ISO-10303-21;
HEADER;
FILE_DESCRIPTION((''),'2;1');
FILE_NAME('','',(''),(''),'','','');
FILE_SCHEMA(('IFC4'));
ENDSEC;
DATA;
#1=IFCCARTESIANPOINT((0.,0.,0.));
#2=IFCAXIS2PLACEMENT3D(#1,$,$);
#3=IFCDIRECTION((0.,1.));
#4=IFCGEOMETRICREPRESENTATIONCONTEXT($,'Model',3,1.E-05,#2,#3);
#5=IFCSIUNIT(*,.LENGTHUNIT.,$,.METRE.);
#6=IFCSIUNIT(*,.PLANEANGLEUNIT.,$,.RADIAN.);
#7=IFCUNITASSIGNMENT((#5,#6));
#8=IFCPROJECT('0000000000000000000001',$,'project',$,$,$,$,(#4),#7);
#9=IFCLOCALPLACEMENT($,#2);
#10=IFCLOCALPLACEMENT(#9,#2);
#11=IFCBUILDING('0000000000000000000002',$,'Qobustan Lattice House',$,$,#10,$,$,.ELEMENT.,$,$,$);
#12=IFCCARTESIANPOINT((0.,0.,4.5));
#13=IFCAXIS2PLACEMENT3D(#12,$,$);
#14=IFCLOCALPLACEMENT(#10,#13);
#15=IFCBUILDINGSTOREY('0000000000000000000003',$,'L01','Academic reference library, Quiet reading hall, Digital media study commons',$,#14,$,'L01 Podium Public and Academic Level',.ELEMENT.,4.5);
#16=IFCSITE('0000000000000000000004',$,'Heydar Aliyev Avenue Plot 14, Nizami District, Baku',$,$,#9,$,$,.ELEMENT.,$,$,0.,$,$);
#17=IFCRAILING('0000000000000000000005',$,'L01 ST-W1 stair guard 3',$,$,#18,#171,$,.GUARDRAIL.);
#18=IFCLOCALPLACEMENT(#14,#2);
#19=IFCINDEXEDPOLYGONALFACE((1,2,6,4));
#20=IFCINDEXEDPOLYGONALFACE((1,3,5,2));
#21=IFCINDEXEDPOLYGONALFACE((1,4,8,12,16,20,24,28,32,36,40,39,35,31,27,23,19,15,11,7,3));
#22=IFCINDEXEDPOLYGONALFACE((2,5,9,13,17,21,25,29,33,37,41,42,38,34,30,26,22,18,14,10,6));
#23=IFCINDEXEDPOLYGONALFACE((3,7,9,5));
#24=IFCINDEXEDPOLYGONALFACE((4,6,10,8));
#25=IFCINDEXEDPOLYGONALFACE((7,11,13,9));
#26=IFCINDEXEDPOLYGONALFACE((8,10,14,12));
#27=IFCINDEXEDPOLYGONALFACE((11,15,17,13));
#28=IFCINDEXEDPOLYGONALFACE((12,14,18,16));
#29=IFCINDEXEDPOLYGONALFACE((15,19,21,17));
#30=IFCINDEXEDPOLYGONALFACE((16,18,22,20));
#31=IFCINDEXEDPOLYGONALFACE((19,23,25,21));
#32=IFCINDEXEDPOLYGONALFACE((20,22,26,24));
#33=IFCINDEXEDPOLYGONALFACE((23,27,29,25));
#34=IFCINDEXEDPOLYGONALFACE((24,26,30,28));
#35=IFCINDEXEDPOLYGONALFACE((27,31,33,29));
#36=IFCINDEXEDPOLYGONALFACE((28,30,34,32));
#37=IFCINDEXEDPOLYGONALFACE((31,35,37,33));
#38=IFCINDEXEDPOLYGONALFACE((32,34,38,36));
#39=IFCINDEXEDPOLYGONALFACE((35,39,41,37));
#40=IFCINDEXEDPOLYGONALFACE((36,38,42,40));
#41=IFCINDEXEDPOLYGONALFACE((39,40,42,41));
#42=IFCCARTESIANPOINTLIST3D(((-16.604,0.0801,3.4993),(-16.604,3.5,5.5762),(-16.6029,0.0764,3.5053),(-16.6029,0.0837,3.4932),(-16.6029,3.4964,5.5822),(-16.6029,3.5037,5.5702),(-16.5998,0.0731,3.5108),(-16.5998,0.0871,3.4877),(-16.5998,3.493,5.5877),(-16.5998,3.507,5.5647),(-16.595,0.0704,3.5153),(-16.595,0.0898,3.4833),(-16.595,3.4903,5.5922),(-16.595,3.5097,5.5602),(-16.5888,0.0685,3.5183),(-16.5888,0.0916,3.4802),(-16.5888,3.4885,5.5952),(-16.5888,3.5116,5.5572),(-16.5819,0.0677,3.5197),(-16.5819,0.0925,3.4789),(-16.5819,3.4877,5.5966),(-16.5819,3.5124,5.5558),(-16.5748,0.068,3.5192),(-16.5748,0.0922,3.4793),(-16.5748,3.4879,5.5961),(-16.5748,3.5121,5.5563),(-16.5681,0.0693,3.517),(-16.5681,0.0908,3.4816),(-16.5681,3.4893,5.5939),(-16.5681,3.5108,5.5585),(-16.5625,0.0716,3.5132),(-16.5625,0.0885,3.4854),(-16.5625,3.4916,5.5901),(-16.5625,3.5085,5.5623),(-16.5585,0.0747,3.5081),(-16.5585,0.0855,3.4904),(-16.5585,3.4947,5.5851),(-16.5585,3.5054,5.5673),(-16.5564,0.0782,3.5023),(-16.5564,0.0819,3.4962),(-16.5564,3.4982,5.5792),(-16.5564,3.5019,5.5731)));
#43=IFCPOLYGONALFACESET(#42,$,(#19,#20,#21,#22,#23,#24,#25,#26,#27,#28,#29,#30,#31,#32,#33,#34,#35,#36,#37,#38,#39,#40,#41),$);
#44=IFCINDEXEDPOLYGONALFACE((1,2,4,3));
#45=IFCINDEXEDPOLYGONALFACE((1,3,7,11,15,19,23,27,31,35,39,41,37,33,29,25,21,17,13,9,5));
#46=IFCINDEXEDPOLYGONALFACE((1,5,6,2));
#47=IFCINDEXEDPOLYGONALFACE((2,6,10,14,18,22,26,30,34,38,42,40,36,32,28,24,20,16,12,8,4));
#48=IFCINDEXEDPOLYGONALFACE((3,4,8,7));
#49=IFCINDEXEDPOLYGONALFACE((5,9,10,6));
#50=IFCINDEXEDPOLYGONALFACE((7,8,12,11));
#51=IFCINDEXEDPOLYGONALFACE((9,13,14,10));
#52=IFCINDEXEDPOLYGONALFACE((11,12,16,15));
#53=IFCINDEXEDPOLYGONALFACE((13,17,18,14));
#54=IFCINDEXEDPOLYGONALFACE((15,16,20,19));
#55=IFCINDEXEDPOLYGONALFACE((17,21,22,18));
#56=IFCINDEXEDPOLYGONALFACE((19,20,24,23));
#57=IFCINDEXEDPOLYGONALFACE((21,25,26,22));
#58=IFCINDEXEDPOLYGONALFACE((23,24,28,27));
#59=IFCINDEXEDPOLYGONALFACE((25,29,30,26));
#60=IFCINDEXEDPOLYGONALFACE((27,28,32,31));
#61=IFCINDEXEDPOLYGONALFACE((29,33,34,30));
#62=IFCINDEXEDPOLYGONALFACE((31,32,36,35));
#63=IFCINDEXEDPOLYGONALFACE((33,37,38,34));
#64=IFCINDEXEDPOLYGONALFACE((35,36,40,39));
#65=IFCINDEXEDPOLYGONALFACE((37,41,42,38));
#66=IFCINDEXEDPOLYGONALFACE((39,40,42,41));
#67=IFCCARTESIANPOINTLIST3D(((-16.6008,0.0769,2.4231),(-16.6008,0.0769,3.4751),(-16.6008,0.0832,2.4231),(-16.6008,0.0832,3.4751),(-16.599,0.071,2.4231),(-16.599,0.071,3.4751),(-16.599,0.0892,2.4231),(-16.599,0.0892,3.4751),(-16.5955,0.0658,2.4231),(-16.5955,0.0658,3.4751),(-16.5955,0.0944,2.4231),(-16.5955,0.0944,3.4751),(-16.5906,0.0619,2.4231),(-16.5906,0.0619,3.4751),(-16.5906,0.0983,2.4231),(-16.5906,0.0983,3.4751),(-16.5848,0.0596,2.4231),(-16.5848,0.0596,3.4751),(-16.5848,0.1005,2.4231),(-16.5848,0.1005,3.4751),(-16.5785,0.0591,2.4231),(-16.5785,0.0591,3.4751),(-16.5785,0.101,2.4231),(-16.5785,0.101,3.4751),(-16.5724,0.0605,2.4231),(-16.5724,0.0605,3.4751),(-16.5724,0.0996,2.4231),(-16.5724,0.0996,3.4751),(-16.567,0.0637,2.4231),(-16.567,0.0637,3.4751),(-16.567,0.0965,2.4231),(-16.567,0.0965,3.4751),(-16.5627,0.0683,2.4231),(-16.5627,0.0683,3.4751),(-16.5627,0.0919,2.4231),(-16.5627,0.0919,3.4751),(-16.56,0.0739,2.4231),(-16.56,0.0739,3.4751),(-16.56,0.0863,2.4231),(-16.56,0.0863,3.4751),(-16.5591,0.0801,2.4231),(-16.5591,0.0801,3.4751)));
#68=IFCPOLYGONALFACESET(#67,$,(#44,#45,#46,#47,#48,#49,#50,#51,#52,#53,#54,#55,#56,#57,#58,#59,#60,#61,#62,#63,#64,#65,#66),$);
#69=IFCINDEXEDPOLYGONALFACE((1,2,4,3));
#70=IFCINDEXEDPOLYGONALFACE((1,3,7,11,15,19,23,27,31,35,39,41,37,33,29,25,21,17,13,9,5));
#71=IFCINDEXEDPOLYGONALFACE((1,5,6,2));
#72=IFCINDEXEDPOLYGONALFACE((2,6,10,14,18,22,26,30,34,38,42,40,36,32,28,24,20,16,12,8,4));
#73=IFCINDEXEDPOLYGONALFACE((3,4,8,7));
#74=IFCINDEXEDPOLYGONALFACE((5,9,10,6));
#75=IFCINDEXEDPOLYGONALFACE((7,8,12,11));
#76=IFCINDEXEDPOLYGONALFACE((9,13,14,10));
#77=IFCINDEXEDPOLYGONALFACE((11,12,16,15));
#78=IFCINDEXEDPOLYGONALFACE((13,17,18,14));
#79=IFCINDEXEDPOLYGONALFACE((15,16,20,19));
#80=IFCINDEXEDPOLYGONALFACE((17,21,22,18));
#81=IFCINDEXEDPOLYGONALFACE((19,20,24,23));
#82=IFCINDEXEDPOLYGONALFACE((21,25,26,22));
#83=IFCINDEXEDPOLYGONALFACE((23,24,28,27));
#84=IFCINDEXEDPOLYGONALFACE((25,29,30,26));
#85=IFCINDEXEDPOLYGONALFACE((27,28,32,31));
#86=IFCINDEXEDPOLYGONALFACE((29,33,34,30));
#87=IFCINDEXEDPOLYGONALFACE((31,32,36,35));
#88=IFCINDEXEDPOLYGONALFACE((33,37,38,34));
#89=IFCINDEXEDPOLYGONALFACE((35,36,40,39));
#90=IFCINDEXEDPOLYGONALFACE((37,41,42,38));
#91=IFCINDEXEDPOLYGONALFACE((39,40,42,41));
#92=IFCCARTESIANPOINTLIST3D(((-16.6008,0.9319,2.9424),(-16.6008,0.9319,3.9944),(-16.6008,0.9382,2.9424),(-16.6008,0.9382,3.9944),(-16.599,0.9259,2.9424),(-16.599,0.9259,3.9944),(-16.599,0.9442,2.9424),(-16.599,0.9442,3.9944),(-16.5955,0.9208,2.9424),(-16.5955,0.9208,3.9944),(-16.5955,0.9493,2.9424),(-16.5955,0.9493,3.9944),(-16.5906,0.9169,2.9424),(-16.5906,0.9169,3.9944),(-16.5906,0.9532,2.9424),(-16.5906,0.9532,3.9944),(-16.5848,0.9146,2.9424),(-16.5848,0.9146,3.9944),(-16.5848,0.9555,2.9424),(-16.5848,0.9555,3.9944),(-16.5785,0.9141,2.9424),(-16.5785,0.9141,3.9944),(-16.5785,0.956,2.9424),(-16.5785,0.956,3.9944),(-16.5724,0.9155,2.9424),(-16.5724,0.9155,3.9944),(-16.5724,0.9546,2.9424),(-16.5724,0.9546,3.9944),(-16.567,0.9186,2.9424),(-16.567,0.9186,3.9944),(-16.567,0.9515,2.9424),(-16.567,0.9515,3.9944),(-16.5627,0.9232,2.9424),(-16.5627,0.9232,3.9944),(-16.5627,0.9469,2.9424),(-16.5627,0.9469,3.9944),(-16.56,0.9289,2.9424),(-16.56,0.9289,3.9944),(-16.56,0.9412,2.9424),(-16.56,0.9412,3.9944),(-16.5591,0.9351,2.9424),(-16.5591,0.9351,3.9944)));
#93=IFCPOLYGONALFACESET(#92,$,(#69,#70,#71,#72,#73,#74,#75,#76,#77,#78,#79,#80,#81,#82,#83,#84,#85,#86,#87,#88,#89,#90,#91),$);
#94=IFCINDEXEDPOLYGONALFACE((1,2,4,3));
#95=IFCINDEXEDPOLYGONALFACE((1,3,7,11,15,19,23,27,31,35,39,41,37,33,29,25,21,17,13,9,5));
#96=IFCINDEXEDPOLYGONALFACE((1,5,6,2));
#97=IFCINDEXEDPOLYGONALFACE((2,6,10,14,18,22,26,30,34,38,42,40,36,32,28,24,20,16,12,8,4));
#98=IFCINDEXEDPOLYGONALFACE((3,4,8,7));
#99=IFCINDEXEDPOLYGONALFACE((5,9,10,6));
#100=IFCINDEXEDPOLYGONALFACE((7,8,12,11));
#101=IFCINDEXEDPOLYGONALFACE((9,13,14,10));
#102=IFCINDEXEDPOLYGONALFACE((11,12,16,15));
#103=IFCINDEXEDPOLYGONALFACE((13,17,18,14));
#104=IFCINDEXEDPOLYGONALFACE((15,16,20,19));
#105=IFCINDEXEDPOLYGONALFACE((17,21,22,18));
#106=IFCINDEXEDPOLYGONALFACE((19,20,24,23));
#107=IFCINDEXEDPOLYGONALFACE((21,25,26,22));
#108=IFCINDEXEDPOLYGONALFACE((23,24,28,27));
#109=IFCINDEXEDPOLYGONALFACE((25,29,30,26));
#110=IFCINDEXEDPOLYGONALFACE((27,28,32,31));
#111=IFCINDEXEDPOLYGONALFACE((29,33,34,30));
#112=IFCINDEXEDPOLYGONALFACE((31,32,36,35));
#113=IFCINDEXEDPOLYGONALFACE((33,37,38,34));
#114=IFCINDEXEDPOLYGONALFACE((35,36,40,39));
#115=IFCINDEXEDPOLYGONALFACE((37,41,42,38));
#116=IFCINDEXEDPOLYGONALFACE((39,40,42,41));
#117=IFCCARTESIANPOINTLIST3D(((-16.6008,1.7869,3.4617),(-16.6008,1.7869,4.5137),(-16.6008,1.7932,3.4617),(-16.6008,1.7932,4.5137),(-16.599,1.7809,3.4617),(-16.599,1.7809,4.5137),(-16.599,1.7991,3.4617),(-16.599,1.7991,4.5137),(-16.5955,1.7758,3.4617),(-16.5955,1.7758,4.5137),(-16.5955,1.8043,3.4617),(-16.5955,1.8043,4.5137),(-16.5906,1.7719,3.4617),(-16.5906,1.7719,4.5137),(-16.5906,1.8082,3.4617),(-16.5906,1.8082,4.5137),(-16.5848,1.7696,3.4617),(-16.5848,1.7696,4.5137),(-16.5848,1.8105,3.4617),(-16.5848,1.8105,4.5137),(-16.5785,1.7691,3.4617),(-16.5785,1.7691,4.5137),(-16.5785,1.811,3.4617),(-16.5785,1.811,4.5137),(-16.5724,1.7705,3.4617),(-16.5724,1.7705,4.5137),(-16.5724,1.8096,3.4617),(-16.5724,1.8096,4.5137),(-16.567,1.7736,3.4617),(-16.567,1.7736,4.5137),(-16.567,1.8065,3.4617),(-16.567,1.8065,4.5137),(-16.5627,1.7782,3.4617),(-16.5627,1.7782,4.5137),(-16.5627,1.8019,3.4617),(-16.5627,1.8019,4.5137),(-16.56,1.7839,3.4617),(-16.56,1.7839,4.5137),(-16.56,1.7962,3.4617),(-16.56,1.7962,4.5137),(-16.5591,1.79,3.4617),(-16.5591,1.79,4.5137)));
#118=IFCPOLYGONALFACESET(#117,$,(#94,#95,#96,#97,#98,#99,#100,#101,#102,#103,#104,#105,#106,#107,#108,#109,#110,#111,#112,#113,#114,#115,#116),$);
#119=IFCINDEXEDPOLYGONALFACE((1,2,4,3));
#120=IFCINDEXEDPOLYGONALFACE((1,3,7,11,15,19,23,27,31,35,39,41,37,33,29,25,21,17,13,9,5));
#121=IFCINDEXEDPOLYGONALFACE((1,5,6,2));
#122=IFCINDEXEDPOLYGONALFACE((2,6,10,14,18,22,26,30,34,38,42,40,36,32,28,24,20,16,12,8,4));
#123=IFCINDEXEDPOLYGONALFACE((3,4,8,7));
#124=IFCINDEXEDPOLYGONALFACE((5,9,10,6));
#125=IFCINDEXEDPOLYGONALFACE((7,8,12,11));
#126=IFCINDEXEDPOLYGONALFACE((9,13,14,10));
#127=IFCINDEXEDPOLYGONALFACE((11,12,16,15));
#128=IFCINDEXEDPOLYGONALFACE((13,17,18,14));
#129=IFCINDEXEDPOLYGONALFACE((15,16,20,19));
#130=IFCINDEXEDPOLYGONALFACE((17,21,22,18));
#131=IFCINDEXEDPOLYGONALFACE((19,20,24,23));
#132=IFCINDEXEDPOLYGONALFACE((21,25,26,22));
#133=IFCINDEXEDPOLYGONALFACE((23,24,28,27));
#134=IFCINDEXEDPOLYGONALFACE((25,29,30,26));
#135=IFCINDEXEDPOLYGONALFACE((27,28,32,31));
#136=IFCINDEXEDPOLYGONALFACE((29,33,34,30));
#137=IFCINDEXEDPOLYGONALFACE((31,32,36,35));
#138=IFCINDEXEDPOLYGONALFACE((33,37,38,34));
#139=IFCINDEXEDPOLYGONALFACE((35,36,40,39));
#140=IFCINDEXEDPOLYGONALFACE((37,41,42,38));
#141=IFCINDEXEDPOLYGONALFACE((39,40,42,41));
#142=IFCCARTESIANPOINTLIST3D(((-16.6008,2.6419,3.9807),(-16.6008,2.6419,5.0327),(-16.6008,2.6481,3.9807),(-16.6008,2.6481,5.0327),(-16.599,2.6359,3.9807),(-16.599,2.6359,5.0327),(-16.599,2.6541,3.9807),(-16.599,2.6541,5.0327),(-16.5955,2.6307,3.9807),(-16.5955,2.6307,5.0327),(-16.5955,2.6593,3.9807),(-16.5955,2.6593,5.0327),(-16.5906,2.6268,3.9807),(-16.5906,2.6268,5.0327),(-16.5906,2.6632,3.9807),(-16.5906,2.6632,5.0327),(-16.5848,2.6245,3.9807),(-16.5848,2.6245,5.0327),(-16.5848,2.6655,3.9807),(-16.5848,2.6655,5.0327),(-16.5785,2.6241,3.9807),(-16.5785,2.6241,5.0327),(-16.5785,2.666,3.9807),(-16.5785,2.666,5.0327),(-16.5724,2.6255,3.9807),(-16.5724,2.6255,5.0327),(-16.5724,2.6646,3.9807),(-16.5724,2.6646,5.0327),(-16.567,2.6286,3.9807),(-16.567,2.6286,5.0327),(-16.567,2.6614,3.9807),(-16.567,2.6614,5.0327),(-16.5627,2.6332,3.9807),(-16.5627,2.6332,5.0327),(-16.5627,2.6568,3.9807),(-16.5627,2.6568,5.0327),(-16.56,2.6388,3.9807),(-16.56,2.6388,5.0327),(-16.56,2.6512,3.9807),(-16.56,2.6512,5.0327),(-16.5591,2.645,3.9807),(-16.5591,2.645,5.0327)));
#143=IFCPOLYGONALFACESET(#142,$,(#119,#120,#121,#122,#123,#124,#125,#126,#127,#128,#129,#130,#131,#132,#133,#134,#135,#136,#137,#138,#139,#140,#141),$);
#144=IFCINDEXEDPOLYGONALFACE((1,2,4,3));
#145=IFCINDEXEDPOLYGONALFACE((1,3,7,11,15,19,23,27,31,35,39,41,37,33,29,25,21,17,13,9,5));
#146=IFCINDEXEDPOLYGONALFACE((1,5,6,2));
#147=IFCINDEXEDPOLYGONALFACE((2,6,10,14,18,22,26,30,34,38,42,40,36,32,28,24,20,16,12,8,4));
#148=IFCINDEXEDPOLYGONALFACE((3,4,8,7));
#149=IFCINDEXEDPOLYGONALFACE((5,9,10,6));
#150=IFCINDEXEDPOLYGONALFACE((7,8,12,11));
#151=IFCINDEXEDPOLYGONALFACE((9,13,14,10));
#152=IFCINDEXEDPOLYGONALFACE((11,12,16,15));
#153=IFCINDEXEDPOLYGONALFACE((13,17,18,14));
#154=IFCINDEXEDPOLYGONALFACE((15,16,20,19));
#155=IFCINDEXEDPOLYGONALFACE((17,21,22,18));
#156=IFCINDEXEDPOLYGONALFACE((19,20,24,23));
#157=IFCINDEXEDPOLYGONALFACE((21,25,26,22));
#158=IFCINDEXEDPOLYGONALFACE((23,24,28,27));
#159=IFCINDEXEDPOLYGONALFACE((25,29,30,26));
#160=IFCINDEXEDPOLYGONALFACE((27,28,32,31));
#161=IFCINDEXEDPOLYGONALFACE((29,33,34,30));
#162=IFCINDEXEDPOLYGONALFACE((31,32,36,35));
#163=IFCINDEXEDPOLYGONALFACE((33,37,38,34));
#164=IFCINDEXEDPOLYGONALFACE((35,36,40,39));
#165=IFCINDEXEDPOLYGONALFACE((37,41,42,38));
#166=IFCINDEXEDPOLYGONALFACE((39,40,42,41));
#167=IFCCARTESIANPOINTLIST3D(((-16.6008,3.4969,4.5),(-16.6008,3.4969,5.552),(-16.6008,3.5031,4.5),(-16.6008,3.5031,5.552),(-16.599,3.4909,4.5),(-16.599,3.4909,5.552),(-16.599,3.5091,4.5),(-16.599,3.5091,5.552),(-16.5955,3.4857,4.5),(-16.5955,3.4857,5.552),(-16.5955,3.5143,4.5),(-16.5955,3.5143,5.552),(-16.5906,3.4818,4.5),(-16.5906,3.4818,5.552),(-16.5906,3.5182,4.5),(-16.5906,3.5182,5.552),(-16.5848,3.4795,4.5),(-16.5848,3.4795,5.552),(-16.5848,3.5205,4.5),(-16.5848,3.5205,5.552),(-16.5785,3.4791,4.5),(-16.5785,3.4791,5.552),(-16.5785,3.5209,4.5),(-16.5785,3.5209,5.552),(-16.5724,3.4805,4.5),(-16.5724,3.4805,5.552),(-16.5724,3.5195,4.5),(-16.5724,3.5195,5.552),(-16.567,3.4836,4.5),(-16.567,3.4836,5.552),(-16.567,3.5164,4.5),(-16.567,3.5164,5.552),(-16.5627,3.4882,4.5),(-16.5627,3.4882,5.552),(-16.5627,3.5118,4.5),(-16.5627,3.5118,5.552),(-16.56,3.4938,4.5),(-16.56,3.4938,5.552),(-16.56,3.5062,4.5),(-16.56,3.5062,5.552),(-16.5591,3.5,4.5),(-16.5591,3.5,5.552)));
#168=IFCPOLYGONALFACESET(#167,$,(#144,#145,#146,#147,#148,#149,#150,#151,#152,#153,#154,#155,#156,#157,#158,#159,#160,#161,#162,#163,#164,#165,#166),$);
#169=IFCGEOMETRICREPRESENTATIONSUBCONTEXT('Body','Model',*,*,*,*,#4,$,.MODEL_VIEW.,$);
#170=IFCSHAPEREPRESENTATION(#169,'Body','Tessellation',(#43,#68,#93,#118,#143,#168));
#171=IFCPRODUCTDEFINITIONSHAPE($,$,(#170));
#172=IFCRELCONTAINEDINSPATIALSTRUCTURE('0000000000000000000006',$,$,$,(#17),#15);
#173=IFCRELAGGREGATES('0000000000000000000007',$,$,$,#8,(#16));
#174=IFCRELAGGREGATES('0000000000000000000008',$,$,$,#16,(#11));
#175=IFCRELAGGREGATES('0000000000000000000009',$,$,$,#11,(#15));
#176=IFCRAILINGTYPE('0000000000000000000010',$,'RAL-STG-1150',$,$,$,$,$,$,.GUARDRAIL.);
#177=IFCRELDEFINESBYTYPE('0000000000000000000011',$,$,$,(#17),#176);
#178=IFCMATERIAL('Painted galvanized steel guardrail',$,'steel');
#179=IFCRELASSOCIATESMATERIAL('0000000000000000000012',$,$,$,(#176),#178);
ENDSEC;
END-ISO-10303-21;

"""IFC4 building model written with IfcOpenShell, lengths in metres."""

from ifc_helpers import new_model, si_unit, direction, frame, origin, origin_2d, place, context, subcontext, project, spatial, circle, extrude, material, type_object, element, save


model = new_model("IFC4")

# Units and contexts
model_context = context("Model", 3, precision=1e-05, world=origin(), true_north=direction((0.0, 1.0)))
body_context = subcontext(model_context, "Body", "Model", "MODEL_VIEW")
ifc_project = project(units=[si_unit("LENGTHUNIT", "METRE"), si_unit("PLANEANGLEUNIT", "RADIAN")], contexts=[model_context])

# Site, building, storey
site_placement = place(None, origin())
site = spatial("IfcSite", under=ifc_project, at=site_placement, Name="Heydar Aliyev Avenue Plot 14, Nizami District, Baku", CompositionType="ELEMENT", RefElevation=0.0)
building_placement = place(site_placement, origin())
building = spatial("IfcBuilding", under=site, at=building_placement, Name="Qobustan Lattice House", CompositionType="ELEMENT")
storey_placement = place(building_placement, frame((0.0, 0.0, 4.5)))
storey = spatial("IfcBuildingStorey", under=building, at=storey_placement, Name="L01", Description="Academic reference library, Quiet reading hall, Digital media study commons", LongName="L01 Podium Public and Academic Level", CompositionType="ELEMENT", Elevation=4.5)

# Railing
ifc_material_1 = material(Name="Painted galvanized steel guardrail", Category="steel")
railing_type_1 = type_object("IfcRailingType", Name="RAL-STG-1150", PredefinedType="GUARDRAIL", material=ifc_material_1)
railing_1_placement = place(storey_placement, frame((-16.5801, 0.0801, 2.4231)))
element("IfcRailing", 1, at=railing_1_placement, inside=storey, type_object=railing_type_1, Name="L01 ST-W1 stair guard 3", PredefinedType="GUARDRAIL", context=body_context, shape_type="SweptSolid", body=[
    extrude(circle(Radius=0.0239, at=origin_2d()), frame((0.0, 0.0, 1.0762), z_axis=(0.0, 0.85473, 0.519074), x_axis=(-1.0, 0.0, 0.0)), (0.0, 0.0, 1.0), 4.0012),
    extrude(circle(Radius=0.021, at=origin_2d()), origin(), (0.0, 0.0, 1.0), 1.052),
    extrude(circle(Radius=0.021, at=origin_2d()), frame((0.0, 0.855, 0.5193)), (0.0, 0.0, 1.0), 1.052),
    extrude(circle(Radius=0.021, at=origin_2d()), frame((0.0, 1.71, 1.0386)), (0.0, 0.0, 1.0), 1.052),
    extrude(circle(Radius=0.021, at=origin_2d()), frame((0.0, 2.5649, 1.5576)), (0.0, 0.0, 1.0), 1.052),
    extrude(circle(Radius=0.021, at=origin_2d()), frame((0.0, 3.4199, 2.0769)), (0.0, 0.0, 1.0), 1.052),
])

save(model, "model.ifc")
